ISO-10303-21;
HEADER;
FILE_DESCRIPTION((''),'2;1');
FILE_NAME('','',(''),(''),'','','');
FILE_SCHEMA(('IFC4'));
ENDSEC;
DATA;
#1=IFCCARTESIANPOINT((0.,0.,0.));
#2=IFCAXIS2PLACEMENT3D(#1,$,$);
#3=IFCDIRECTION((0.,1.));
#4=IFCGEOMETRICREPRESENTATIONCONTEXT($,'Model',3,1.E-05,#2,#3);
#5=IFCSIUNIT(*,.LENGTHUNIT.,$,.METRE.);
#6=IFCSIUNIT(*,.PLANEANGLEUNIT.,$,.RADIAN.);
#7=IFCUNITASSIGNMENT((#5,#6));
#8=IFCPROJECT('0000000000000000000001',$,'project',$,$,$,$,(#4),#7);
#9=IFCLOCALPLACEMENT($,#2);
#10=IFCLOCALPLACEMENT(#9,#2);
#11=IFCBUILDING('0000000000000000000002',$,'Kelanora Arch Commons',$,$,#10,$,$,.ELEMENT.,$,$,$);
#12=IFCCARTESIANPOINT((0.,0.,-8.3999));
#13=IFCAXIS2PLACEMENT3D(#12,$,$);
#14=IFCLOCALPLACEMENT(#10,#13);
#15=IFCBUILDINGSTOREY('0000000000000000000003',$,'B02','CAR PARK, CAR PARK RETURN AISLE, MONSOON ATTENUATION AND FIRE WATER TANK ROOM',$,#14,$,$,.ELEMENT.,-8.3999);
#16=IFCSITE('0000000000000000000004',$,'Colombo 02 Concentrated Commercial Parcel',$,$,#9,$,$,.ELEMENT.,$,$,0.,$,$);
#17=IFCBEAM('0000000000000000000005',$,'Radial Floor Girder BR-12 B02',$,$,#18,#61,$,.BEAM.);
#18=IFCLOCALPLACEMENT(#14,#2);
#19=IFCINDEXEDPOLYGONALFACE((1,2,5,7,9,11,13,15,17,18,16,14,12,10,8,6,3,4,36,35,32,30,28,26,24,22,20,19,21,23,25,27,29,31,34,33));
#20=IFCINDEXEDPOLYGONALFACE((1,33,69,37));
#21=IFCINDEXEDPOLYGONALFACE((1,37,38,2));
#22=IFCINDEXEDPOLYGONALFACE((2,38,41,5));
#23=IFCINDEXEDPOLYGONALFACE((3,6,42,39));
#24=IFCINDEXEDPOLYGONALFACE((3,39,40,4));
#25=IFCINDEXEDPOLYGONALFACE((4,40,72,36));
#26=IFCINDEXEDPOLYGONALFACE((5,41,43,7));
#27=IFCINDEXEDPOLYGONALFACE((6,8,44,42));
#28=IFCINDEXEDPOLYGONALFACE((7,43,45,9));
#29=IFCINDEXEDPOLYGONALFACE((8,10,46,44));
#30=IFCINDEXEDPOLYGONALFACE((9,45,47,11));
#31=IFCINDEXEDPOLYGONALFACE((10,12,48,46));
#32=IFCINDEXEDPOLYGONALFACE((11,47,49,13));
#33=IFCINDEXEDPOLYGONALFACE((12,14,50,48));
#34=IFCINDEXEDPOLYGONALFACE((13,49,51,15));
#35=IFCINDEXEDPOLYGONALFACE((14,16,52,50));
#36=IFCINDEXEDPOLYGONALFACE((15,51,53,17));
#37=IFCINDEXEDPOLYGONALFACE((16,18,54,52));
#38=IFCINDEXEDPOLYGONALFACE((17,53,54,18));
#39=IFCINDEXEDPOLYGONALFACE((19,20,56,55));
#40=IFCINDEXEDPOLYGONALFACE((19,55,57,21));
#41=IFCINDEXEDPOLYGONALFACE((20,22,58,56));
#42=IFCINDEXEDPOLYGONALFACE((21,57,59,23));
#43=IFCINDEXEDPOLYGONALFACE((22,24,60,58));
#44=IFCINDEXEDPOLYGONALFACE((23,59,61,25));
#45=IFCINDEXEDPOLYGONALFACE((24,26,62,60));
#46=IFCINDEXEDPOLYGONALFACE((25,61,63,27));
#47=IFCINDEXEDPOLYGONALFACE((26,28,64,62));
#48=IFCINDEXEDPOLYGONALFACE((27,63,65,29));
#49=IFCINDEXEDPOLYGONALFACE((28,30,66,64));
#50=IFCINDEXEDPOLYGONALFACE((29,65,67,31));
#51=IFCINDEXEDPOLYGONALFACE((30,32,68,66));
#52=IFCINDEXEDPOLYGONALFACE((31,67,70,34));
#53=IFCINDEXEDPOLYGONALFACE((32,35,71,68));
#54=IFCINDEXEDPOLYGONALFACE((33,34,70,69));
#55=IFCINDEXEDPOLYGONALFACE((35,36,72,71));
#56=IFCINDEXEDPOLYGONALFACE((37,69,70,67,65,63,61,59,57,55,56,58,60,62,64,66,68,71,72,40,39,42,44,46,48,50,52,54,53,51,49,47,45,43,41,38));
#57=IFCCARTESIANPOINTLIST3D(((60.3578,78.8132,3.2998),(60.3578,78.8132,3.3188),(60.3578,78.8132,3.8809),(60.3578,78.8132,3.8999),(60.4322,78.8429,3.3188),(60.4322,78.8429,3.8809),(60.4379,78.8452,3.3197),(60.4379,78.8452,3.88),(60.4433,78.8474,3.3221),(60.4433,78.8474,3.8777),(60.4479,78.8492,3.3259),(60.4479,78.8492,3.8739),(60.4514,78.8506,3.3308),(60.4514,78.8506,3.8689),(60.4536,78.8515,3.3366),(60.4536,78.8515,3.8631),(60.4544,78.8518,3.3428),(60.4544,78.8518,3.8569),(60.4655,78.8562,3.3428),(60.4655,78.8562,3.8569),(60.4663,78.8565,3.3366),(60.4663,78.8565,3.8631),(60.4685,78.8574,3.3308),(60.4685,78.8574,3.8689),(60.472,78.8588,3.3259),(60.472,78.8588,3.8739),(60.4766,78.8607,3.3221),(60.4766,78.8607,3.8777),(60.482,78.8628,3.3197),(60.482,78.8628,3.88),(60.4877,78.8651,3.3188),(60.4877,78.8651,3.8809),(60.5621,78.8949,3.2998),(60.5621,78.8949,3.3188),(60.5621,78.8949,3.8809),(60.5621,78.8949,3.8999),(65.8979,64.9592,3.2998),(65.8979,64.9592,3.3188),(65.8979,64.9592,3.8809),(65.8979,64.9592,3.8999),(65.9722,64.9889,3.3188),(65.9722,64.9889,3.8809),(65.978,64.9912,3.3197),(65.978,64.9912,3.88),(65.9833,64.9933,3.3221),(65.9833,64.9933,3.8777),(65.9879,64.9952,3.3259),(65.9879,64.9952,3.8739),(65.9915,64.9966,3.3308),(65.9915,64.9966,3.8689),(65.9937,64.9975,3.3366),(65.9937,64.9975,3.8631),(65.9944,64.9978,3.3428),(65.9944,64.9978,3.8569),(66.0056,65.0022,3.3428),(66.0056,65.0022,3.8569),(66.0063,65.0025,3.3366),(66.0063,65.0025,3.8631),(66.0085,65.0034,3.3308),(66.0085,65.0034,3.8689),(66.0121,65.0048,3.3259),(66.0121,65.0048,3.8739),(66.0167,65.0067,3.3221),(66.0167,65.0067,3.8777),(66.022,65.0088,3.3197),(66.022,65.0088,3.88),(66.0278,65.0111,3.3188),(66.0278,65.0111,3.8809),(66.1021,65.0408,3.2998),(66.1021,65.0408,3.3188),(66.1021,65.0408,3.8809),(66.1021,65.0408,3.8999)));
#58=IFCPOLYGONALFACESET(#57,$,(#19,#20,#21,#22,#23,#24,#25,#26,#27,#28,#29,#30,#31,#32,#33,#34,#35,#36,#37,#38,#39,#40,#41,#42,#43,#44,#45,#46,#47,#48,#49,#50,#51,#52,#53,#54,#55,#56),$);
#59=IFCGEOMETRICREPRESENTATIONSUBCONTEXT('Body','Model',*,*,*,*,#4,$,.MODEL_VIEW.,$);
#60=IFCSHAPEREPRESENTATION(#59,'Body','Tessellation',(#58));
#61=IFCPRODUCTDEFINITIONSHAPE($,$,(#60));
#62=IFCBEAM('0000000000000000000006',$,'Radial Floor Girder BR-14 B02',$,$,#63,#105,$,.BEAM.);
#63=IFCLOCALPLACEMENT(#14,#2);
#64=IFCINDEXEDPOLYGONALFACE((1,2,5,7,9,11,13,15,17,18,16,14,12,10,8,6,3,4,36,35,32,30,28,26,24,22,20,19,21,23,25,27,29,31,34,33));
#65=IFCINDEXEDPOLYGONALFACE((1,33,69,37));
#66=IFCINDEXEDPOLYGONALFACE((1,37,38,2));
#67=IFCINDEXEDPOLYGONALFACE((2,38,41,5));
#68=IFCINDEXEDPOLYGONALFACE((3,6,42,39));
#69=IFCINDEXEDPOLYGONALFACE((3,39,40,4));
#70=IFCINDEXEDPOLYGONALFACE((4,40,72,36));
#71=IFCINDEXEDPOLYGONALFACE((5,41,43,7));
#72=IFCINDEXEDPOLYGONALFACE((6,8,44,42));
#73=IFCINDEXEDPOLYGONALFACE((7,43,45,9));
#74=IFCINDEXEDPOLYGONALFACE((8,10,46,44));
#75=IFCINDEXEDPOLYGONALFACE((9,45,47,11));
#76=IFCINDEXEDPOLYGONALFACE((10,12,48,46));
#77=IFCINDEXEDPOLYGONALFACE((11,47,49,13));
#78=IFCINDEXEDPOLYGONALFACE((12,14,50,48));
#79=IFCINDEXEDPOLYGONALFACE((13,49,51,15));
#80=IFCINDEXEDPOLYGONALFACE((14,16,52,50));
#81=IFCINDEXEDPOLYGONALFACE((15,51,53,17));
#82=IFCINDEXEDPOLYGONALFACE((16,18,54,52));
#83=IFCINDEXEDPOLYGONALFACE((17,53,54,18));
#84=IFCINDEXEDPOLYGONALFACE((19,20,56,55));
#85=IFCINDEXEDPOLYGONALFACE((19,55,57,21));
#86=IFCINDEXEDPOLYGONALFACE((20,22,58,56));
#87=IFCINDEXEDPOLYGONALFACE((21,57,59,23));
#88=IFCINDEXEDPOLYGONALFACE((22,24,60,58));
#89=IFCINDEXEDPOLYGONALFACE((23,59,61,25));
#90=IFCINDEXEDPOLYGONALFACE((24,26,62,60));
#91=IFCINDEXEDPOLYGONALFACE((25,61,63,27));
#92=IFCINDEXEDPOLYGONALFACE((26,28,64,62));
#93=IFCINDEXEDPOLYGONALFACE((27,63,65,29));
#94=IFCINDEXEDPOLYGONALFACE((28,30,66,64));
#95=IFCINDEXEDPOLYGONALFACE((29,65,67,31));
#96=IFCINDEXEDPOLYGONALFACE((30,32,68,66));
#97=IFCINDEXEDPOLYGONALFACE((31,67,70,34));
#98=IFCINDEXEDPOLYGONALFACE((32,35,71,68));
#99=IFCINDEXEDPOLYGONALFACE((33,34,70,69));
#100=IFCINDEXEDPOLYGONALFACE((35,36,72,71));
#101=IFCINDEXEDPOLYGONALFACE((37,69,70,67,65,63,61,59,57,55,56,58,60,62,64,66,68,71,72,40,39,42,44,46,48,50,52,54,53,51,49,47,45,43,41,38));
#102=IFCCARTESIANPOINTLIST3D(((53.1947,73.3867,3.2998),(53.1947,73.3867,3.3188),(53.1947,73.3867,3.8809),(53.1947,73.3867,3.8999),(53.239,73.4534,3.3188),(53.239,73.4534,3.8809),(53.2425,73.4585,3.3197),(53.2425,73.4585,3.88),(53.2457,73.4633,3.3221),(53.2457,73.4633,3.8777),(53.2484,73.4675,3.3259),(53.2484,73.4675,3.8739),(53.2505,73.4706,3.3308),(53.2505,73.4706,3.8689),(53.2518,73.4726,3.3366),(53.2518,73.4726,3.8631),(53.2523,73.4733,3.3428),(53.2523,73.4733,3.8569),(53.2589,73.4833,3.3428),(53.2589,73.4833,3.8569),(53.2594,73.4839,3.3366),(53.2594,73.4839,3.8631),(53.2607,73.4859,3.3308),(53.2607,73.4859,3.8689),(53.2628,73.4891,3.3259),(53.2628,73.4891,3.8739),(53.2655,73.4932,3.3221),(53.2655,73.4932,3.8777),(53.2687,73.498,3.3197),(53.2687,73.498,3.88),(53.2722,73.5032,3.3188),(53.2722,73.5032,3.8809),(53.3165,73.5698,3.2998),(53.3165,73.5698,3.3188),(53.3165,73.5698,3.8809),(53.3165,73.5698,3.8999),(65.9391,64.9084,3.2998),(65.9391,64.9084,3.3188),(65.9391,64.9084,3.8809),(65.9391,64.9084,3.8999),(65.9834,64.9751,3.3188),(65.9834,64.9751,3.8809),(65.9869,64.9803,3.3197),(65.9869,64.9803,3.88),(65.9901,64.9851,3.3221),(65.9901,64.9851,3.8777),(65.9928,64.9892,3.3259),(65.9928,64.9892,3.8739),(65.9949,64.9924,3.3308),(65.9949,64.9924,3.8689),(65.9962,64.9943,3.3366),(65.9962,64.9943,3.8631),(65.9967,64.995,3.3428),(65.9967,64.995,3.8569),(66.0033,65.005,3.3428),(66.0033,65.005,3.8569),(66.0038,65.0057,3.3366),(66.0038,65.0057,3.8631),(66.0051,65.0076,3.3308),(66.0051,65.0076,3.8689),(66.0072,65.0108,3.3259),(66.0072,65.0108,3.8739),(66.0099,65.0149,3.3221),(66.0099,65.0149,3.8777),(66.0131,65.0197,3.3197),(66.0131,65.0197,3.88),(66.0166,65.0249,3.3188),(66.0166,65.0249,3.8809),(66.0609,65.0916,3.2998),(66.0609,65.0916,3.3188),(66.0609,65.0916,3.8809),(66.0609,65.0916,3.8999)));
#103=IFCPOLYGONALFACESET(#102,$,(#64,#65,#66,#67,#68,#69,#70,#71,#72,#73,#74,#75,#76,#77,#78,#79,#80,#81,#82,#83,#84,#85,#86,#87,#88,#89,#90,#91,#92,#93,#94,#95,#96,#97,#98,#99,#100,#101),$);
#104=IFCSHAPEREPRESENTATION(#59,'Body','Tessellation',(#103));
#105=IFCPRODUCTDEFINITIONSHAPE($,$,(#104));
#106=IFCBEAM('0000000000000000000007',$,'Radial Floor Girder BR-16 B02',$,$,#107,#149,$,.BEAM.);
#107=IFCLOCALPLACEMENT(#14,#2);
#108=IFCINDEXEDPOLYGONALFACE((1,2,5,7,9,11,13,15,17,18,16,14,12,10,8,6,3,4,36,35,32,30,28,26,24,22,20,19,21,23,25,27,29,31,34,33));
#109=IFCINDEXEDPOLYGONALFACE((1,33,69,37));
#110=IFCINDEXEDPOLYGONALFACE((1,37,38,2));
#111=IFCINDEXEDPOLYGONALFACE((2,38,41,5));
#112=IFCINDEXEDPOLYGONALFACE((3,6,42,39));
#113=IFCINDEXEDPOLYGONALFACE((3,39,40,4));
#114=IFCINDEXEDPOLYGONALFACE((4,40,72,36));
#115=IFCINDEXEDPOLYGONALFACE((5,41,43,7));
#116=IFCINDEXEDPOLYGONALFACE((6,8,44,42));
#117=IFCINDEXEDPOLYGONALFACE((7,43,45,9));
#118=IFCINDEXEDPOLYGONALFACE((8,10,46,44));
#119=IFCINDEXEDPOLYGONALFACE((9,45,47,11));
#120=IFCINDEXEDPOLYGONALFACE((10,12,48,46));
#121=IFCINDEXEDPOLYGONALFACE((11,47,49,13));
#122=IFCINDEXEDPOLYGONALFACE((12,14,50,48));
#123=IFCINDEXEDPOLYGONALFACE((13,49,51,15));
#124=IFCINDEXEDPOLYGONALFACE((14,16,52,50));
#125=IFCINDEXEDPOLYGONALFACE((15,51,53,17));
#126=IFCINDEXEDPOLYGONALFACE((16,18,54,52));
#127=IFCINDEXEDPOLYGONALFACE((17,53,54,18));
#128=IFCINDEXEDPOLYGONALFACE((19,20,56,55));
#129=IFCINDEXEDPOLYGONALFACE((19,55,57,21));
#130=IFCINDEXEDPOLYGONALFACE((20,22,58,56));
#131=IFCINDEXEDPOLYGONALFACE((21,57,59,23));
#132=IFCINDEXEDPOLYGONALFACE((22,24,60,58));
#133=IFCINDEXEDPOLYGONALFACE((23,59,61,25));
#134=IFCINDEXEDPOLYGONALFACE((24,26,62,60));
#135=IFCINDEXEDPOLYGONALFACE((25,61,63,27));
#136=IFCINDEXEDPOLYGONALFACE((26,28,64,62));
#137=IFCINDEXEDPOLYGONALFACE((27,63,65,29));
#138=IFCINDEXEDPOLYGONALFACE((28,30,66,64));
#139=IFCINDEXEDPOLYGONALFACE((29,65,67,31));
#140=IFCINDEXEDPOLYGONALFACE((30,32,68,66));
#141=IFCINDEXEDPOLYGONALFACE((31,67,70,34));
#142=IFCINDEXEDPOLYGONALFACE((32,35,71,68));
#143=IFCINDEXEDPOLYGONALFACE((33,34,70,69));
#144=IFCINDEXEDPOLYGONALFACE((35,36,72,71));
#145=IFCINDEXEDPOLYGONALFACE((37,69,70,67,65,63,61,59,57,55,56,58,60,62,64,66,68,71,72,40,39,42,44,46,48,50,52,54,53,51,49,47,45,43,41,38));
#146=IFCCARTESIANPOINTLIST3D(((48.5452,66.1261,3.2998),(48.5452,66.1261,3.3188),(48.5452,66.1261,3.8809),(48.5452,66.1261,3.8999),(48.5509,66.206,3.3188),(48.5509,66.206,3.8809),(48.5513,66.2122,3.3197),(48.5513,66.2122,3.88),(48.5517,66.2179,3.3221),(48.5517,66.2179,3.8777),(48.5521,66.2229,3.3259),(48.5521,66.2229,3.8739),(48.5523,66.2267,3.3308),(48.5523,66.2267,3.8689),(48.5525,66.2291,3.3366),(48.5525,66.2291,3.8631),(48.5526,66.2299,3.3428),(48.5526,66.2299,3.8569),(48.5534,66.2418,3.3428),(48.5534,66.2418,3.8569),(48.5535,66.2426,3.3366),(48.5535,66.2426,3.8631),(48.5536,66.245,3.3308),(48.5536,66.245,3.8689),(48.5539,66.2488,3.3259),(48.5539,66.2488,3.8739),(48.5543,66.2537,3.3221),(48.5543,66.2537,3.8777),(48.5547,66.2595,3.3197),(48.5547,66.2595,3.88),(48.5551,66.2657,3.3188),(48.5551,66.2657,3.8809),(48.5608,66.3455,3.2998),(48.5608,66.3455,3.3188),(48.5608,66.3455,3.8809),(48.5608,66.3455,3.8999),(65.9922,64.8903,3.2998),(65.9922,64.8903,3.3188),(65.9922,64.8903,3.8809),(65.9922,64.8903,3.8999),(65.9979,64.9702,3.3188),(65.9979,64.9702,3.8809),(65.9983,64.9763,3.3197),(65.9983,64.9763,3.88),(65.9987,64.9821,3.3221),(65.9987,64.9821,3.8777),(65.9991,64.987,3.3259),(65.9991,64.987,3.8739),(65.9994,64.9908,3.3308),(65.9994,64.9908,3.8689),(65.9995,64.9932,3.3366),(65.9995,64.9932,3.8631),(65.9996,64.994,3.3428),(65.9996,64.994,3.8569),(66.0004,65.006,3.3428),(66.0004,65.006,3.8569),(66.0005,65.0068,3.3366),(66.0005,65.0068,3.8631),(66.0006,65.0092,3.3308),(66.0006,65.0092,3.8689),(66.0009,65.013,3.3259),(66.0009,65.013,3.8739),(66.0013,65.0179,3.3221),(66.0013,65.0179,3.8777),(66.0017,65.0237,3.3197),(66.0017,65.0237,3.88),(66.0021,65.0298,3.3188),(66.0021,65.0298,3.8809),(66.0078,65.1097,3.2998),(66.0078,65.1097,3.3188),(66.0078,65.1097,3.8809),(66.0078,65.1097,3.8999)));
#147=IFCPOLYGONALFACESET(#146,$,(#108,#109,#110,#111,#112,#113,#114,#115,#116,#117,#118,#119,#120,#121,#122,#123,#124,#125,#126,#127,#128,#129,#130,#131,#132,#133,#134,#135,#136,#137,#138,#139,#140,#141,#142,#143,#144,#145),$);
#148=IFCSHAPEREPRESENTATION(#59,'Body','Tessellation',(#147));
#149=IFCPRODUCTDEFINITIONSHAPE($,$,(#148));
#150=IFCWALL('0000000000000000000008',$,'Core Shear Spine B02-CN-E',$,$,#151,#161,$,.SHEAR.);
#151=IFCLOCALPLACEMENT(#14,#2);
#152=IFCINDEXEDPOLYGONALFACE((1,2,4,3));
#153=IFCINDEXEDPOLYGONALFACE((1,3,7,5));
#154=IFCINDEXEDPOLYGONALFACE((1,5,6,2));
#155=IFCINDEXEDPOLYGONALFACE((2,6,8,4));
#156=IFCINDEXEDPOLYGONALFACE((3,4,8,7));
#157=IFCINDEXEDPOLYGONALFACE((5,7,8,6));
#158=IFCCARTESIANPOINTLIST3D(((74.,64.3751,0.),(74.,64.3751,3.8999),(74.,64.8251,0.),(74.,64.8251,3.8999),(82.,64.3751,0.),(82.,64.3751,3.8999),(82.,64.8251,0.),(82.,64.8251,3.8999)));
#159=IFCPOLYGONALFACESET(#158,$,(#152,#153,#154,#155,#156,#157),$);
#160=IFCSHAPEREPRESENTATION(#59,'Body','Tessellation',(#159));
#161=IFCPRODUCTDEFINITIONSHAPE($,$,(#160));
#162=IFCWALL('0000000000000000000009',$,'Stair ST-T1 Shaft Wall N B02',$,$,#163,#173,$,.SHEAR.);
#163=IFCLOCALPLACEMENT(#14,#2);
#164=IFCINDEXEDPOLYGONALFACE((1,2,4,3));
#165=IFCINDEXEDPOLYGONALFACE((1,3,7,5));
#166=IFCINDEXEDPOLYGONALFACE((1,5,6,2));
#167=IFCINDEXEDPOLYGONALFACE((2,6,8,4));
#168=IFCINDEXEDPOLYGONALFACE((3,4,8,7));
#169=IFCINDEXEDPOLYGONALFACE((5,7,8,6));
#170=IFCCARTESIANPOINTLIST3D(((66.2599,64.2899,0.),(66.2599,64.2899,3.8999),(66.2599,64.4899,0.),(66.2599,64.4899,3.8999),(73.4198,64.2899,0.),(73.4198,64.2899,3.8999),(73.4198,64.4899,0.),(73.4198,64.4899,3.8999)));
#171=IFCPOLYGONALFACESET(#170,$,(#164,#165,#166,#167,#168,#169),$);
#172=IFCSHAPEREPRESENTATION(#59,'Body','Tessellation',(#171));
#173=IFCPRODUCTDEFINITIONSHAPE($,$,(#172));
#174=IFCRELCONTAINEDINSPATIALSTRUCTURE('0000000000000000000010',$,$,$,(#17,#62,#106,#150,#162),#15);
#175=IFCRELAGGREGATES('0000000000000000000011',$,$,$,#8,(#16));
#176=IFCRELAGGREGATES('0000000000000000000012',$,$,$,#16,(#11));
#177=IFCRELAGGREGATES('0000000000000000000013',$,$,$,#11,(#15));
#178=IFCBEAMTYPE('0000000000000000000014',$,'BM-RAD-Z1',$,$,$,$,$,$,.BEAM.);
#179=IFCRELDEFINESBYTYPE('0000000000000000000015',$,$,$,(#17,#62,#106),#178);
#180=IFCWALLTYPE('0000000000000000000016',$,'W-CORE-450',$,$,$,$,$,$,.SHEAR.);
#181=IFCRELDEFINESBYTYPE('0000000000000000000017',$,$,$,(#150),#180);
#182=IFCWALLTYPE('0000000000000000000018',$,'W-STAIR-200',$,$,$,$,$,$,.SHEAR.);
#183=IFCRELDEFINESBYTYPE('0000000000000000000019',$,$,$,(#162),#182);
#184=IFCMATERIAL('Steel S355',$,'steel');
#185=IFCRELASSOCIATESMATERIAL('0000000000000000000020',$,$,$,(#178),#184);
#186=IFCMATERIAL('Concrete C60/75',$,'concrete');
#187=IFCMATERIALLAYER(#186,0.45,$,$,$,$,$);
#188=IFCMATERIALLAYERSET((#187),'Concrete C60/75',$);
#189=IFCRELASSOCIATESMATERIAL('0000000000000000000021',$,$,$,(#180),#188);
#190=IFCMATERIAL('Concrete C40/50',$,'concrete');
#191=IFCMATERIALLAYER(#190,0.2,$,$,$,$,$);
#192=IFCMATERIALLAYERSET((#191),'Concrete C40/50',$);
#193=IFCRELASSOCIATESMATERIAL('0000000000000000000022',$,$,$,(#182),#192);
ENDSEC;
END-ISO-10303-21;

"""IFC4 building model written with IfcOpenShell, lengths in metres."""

from ifc_helpers import new_model, si_unit, direction, frame, frame_2d, origin, origin_2d, place, context, subcontext, project, spatial, rectangle, i_section, extrude, material, layer, layer_set, material_profile, profile_set, type_object, element, save


model = new_model("IFC4")

# Units and contexts
model_context = context("Model", 3, precision=1e-05, world=origin(), true_north=direction((0.0, 1.0)))
body_context = subcontext(model_context, "Body", "Model", "MODEL_VIEW")
ifc_project = project(units=[si_unit("LENGTHUNIT", "METRE"), si_unit("PLANEANGLEUNIT", "RADIAN")], contexts=[model_context])

# Site, building, storey
site_placement = place(None, origin())
site = spatial("IfcSite", under=ifc_project, at=site_placement, Name="Colombo 02 Concentrated Commercial Parcel", CompositionType="ELEMENT", RefElevation=0.0)
building_placement = place(site_placement, origin())
building = spatial("IfcBuilding", under=site, at=building_placement, Name="Kelanora Arch Commons", CompositionType="ELEMENT")
storey_placement = place(building_placement, frame((0.0, 0.0, -8.3999)))
storey = spatial("IfcBuildingStorey", under=building, at=storey_placement, Name="B02", Description="CAR PARK, CAR PARK RETURN AISLE, MONSOON ATTENUATION AND FIRE WATER TANK ROOM", CompositionType="ELEMENT", Elevation=-8.3999)

# Shared definitions
ifc_material_1 = material(Name="Concrete C60/75", Category="concrete")

# Beams
ifc_material_2 = material(Name="Steel S355", Category="steel")
ifc_material_profile_1 = material_profile(ifc_material_2, i_section(OverallWidth=0.22, OverallDepth=0.6001, WebThickness=0.012, FlangeThickness=0.019, FilletRadius=0.0239, at=origin_2d()), Name="IPE600")
ifc_profile_set_1 = profile_set([ifc_material_profile_1], Name="Steel S355")
beam_type_1 = type_object("IfcBeamType", Name="BM-RAD-Z1", PredefinedType="BEAM", material=ifc_profile_set_1)
beam_1_placement = place(storey_placement, frame((66.0, 65.0, 3.5999), z_axis=(-0.3713, 0.928513, 0.0), x_axis=(-0.928513, -0.3713, 0.0)))
element("IfcBeam", 1, at=beam_1_placement, inside=storey, type_object=beam_type_1, Name="Radial Floor Girder BR-12 B02", PredefinedType="BEAM", context=body_context, shape_type="SweptSolid", body=[
    extrude(i_section(OverallWidth=0.22, OverallDepth=0.6001, WebThickness=0.012, FlangeThickness=0.019, FilletRadius=0.0239, at=origin_2d()), origin(), (0.0, 0.0, 1.0), 14.9207),
])
beam_2_placement = place(storey_placement, frame((66.0, 65.0, 3.5999), z_axis=(-0.832592, 0.553886, 0.0), x_axis=(-0.553886, -0.832592, 0.0)))
element("IfcBeam", 2, at=beam_2_placement, inside=storey, type_object=beam_type_1, Name="Radial Floor Girder BR-14 B02", PredefinedType="BEAM", context=body_context, shape_type="SweptSolid", body=[
    extrude(i_section(OverallWidth=0.22, OverallDepth=0.6001, WebThickness=0.012, FlangeThickness=0.019, FilletRadius=0.0239, at=origin_2d()), origin(), (0.0, 0.0, 1.0), 15.3069),
])
beam_3_placement = place(storey_placement, frame((66.0, 65.0, 3.5999), z_axis=(-0.997501, 0.070657, 0.0), x_axis=(-0.070657, -0.997501, 0.0)))
element("IfcBeam", 3, at=beam_3_placement, inside=storey, type_object=beam_type_1, Name="Radial Floor Girder BR-16 B02", PredefinedType="BEAM", context=body_context, shape_type="SweptSolid", body=[
    extrude(i_section(OverallWidth=0.22, OverallDepth=0.6001, WebThickness=0.012, FlangeThickness=0.019, FilletRadius=0.0239, at=origin_2d()), origin(), (0.0, 0.0, 1.0), 17.4907),
])

# Walls
ifc_layer_1 = layer(ifc_material_1, 0.45)
ifc_layer_set_1 = layer_set([ifc_layer_1], Name="Concrete C60/75")
wall_type_1 = type_object("IfcWallType", Name="W-CORE-450", PredefinedType="SHEAR", material=ifc_layer_set_1)
wall_1_placement = place(storey_placement, frame((74.0, 64.6001, 0.0), z_axis=(0.0, 0.0, 1.0), x_axis=(1.0, 0.0, 0.0)))
element("IfcWall", 4, at=wall_1_placement, inside=storey, type_object=wall_type_1, Name="Core Shear Spine B02-CN-E", PredefinedType="SHEAR", context=body_context, shape_type="SweptSolid", body=[
    extrude(rectangle(XDim=8.0, YDim=0.45, at=frame_2d((4.0, 0.0))), origin(), (0.0, 0.0, 1.0), 3.8999),
])
ifc_material_3 = material(Name="Concrete C40/50", Category="concrete")
ifc_layer_2 = layer(ifc_material_3, 0.2)
ifc_layer_set_2 = layer_set([ifc_layer_2], Name="Concrete C40/50")
wall_type_2 = type_object("IfcWallType", Name="W-STAIR-200", PredefinedType="SHEAR", material=ifc_layer_set_2)
wall_2_placement = place(storey_placement, frame((73.4199, 64.3899, 0.0), z_axis=(0.0, 0.0, 1.0), x_axis=(-1.0, 0.0, 0.0)))
element("IfcWall", 5, at=wall_2_placement, inside=storey, type_object=wall_type_2, Name="Stair ST-T1 Shaft Wall N B02", PredefinedType="SHEAR", context=body_context, shape_type="SweptSolid", body=[
    extrude(rectangle(XDim=7.1599, YDim=0.2, at=frame_2d((3.5801, 0.0))), origin(), (0.0, 0.0, 1.0), 3.8999),
])

save(model, "model.ifc")
